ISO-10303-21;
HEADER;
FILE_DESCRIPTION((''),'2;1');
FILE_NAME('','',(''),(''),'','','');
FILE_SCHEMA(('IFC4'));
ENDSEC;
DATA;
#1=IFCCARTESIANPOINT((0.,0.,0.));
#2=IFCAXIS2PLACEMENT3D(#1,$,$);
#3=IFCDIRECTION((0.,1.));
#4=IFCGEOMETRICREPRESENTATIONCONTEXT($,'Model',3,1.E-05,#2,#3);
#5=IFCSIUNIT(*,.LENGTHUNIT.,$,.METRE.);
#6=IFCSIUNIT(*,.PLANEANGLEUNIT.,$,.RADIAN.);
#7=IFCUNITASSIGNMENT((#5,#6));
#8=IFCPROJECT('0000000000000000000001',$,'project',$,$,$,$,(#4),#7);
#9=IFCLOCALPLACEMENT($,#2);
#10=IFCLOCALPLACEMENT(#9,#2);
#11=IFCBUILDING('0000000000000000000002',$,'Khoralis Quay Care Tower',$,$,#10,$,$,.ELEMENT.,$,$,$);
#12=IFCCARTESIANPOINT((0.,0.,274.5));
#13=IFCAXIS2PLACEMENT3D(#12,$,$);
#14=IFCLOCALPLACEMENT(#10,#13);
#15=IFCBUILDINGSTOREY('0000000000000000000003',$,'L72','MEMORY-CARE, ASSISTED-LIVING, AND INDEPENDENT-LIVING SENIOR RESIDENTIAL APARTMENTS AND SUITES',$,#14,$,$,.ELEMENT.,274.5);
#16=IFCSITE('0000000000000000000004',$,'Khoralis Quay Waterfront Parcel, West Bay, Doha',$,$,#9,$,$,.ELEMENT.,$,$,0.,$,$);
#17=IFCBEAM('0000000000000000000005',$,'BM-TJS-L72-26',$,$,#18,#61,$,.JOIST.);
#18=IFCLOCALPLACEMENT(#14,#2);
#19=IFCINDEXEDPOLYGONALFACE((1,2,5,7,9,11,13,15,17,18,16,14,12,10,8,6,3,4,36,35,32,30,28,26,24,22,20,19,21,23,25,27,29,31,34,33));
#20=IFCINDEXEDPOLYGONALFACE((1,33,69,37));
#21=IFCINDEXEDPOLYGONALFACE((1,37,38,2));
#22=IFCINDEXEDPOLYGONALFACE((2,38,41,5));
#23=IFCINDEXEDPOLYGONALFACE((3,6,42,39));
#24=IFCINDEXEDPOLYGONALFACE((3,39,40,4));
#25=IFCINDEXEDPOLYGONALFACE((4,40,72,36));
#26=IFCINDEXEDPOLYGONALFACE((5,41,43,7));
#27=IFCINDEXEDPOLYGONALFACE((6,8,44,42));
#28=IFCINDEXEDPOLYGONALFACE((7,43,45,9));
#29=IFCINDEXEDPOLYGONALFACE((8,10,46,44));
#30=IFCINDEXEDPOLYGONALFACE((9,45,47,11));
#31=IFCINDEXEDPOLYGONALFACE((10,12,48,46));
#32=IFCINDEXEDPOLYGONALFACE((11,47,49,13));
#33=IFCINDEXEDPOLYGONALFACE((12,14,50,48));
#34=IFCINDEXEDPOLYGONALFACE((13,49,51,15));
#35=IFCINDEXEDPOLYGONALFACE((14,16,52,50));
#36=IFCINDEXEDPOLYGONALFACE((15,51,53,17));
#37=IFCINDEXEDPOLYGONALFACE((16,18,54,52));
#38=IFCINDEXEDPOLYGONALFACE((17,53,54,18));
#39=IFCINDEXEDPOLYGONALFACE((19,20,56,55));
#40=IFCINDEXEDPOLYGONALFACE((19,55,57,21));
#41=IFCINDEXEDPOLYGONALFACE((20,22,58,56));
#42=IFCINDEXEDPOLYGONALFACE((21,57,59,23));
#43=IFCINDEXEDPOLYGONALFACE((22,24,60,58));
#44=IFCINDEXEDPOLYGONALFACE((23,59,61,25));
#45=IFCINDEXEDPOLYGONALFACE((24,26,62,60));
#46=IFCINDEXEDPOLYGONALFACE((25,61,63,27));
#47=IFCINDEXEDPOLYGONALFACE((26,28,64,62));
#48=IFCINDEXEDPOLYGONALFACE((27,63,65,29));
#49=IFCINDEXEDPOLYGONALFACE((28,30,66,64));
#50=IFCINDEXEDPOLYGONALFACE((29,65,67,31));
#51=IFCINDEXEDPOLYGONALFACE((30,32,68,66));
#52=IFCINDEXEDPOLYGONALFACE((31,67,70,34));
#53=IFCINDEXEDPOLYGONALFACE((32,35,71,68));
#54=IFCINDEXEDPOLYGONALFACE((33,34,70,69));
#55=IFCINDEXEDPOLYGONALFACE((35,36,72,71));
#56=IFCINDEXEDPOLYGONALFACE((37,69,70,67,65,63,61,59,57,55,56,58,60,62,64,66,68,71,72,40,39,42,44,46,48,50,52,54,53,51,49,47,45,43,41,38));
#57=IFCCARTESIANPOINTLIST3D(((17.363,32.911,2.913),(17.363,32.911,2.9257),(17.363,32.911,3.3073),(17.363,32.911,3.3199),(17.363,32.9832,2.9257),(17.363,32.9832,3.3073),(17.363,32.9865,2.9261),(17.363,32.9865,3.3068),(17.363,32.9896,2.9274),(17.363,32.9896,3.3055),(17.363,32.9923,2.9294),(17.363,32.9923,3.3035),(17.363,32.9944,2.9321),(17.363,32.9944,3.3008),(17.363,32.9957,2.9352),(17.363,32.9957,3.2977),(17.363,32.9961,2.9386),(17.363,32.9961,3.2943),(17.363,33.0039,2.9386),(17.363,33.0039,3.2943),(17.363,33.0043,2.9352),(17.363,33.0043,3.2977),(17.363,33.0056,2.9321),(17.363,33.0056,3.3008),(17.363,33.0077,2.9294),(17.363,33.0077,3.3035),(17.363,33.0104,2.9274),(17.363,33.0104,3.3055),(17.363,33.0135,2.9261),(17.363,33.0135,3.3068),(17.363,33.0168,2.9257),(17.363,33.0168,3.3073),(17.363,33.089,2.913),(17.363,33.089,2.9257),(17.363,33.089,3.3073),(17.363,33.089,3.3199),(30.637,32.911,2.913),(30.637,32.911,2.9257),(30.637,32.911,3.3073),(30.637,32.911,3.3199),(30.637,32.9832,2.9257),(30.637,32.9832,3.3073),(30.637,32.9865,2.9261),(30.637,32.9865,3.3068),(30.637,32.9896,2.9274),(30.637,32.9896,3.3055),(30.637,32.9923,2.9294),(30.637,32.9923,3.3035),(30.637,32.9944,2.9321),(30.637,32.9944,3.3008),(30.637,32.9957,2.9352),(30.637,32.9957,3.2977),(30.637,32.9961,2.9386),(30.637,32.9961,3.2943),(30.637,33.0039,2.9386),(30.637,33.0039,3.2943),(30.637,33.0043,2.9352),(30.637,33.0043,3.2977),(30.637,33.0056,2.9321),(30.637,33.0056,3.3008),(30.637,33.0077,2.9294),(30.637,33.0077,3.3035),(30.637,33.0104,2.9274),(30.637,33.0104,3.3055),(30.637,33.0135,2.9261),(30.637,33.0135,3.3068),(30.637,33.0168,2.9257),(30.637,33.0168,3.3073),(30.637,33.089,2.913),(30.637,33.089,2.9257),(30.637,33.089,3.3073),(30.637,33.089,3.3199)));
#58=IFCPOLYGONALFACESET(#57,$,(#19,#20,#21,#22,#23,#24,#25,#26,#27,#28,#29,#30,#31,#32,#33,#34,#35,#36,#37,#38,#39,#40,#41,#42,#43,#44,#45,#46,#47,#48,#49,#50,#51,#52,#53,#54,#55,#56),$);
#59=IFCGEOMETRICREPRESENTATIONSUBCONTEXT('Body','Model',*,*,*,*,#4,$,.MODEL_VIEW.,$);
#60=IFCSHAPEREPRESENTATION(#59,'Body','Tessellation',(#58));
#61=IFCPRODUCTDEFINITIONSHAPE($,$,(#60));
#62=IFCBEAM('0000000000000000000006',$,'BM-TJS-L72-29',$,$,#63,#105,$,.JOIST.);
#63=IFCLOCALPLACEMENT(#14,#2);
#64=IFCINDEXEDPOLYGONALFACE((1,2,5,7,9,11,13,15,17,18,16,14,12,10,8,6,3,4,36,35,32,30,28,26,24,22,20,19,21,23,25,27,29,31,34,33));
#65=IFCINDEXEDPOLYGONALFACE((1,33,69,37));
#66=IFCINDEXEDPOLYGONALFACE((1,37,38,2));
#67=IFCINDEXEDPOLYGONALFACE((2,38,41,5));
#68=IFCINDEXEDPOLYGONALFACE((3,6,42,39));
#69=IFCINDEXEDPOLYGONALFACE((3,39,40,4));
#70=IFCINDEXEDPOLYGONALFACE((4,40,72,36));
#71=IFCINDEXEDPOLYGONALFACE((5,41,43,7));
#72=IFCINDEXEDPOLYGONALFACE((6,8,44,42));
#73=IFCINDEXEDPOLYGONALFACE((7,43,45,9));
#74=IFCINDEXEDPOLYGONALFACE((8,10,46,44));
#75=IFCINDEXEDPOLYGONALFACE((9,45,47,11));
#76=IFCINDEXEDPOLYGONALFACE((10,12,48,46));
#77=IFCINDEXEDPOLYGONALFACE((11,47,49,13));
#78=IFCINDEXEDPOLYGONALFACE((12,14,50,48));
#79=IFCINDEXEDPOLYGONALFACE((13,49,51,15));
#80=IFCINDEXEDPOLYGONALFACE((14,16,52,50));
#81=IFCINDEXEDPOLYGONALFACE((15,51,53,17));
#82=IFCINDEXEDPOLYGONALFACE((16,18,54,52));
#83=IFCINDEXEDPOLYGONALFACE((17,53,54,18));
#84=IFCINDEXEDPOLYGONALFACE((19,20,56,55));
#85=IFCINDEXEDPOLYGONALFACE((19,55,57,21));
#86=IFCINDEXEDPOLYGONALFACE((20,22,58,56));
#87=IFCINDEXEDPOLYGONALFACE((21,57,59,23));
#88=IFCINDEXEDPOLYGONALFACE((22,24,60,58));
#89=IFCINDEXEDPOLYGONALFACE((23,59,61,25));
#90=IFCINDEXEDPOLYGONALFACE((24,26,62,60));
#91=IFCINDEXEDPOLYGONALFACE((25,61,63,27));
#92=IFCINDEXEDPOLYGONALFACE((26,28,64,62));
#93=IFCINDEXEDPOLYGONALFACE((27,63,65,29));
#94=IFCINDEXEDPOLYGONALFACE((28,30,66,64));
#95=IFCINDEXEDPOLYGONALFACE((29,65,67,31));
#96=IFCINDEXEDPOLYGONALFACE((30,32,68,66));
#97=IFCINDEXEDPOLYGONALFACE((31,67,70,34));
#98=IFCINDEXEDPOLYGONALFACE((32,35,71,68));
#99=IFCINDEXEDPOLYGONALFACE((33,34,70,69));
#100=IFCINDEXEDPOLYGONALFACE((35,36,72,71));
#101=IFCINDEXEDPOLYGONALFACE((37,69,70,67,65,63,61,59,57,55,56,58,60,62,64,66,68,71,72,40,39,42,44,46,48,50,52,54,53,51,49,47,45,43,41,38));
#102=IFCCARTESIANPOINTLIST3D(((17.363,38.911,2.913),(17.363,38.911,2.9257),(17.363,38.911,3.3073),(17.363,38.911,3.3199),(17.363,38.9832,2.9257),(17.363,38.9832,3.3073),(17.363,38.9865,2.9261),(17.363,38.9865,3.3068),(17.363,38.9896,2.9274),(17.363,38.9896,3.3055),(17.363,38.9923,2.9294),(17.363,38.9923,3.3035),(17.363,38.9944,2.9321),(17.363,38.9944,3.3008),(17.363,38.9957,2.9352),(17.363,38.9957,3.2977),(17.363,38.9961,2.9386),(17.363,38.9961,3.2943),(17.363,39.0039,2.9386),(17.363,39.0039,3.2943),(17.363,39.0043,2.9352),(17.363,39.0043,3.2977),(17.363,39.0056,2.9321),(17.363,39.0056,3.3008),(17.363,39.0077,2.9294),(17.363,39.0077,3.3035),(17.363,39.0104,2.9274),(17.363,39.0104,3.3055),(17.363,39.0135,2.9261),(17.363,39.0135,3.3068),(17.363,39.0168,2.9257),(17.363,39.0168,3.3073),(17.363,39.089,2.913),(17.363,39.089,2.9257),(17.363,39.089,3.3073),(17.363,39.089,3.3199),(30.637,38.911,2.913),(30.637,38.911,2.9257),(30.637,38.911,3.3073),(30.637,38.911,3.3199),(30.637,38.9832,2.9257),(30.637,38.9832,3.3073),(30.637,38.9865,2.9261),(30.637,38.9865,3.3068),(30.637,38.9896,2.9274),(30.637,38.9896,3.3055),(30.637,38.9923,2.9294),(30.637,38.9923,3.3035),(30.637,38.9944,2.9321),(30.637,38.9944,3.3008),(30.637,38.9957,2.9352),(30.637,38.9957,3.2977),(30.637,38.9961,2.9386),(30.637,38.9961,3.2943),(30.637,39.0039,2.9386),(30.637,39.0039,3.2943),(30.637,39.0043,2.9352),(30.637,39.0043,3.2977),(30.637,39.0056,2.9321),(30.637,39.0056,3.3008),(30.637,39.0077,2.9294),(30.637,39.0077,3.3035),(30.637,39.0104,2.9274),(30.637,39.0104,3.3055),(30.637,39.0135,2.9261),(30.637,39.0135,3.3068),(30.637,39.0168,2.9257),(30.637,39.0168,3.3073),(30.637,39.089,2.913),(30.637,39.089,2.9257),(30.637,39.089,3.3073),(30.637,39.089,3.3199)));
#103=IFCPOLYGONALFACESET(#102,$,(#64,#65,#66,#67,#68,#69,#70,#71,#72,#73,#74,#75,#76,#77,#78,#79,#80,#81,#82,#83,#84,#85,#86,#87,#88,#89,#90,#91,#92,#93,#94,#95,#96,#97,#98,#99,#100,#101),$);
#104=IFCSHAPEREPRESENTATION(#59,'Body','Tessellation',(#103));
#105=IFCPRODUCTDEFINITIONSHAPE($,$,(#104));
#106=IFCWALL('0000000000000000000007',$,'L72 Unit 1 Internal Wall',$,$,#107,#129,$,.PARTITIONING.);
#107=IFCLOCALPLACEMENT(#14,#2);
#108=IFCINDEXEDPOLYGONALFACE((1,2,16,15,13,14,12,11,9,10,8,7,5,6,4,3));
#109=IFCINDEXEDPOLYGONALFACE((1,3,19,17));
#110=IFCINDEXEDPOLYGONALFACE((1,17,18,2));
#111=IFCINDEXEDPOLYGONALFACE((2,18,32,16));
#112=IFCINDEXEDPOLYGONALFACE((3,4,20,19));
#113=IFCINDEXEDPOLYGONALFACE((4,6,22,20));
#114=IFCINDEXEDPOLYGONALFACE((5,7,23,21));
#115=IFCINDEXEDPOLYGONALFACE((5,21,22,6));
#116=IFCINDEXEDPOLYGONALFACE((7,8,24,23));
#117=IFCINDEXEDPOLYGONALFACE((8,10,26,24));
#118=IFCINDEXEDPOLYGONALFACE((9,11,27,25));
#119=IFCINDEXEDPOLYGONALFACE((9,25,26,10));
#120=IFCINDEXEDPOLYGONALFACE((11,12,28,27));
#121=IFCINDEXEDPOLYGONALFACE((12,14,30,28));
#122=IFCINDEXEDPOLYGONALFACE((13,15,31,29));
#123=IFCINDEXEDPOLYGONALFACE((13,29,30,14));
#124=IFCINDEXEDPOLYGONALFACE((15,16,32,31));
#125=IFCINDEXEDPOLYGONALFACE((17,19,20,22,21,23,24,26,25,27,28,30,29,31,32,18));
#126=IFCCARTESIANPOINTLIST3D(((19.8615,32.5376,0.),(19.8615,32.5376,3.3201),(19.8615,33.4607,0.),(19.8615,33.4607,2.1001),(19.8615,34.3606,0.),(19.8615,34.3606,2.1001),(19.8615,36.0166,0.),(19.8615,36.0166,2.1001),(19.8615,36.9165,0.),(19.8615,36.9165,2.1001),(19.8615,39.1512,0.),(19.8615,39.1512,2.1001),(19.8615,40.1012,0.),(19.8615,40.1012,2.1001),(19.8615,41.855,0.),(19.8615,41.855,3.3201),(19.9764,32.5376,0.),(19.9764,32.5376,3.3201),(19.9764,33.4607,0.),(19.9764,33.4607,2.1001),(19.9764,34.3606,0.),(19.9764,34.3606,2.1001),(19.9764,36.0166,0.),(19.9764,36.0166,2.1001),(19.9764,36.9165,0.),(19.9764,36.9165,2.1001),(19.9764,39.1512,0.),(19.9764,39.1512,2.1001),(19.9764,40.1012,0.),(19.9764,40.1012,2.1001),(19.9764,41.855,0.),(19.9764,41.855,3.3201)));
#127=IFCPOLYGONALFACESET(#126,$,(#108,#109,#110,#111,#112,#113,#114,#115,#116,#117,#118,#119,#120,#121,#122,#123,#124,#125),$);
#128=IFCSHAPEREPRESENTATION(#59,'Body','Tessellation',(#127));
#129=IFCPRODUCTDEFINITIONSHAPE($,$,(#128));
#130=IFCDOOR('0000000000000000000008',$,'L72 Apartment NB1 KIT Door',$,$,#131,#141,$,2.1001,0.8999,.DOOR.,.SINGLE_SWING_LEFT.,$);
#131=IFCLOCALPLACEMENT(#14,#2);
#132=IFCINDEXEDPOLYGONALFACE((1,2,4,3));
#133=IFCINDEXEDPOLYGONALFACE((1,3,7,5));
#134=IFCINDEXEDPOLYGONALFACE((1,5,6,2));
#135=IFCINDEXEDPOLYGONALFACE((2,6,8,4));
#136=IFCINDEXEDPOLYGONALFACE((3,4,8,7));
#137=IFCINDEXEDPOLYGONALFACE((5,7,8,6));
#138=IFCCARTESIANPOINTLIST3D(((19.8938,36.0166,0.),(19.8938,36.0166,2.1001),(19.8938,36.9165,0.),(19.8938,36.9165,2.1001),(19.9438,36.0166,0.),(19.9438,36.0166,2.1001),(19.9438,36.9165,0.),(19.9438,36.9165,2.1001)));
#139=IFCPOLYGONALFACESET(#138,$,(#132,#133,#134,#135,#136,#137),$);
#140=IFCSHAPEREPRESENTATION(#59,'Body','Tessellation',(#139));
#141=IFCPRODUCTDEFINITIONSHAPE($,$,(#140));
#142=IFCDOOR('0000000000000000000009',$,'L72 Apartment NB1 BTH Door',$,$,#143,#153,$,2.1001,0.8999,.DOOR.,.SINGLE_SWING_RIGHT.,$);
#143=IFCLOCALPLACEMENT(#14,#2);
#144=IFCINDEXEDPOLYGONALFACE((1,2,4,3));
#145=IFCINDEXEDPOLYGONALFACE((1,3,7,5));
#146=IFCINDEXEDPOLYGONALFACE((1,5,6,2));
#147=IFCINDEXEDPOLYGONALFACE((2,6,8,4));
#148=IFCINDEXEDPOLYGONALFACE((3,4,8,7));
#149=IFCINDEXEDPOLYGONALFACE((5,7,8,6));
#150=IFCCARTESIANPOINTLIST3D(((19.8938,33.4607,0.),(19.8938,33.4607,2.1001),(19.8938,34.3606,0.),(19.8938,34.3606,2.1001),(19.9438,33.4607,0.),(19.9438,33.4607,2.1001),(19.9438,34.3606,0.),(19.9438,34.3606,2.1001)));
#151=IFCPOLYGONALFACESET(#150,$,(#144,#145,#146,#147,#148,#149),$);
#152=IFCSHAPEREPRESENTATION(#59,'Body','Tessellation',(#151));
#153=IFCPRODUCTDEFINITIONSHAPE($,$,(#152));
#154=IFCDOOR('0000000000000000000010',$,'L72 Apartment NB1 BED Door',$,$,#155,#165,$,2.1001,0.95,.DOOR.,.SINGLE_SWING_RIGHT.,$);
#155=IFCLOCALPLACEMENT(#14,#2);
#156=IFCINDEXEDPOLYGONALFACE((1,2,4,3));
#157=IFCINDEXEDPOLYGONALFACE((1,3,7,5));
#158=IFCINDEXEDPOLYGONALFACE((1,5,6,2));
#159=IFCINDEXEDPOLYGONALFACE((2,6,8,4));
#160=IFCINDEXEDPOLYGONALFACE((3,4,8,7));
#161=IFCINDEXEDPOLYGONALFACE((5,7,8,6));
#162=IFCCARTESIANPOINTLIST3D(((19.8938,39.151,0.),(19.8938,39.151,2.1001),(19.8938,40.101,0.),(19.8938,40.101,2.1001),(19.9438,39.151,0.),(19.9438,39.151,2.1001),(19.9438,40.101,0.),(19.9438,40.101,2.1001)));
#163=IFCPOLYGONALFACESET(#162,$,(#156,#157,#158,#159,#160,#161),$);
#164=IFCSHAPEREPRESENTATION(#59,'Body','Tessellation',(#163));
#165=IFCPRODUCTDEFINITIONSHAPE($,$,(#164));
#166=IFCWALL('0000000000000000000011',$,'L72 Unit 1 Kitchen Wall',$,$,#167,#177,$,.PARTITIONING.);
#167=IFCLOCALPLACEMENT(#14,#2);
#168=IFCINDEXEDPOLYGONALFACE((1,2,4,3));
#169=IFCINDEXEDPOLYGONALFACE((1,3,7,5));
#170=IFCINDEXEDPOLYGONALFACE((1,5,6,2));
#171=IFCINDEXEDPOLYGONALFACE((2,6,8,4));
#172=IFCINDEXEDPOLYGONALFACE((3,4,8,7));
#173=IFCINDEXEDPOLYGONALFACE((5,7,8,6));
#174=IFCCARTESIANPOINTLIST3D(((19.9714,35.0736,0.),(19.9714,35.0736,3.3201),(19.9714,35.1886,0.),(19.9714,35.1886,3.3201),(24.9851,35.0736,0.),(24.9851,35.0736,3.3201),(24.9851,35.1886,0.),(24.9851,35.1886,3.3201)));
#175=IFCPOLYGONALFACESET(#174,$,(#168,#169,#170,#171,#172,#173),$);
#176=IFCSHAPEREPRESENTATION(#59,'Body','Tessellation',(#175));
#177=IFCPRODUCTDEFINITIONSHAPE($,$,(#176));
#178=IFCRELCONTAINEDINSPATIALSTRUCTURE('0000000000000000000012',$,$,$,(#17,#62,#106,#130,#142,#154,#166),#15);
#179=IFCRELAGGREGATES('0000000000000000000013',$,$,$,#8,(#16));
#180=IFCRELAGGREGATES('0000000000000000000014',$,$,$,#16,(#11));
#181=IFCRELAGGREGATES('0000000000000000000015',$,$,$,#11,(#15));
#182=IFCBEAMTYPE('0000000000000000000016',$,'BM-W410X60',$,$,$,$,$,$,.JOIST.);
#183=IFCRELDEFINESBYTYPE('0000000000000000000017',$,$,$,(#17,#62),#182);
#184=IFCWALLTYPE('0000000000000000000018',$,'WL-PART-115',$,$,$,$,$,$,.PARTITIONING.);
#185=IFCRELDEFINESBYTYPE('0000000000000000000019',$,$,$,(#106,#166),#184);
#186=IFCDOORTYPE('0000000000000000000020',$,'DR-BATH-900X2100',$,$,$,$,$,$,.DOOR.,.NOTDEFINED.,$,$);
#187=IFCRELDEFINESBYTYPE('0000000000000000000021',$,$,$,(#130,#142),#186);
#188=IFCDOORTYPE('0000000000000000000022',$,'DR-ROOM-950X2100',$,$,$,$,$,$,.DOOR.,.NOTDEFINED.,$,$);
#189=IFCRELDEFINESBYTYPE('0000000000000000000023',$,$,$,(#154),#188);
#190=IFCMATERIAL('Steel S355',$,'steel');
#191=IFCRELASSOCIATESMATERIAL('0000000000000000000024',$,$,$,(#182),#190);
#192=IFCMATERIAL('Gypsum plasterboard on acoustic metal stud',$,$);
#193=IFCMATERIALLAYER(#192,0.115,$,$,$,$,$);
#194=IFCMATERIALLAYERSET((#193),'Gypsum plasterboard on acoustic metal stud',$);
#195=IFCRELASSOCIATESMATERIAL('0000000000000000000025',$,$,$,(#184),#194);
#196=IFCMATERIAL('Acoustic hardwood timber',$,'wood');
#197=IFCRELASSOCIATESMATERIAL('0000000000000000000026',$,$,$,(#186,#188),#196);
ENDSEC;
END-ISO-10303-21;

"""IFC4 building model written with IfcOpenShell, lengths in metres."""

from ifc_helpers import new_model, si_unit, direction, frame, frame_2d, origin, origin_2d, place, context, subcontext, project, spatial, rectangle, i_section, extrude, source, transform, mapped, material, layer, layer_set, material_profile, profile_set, type_object, element, fill, save


model = new_model("IFC4")

# Units and contexts
model_context = context("Model", 3, precision=1e-05, world=origin(), true_north=direction((0.0, 1.0)))
body_context = subcontext(model_context, "Body", "Model", "MODEL_VIEW")
ifc_project = project(units=[si_unit("LENGTHUNIT", "METRE"), si_unit("PLANEANGLEUNIT", "RADIAN")], contexts=[model_context])

# Site, building, storey
site_placement = place(None, origin())
site = spatial("IfcSite", under=ifc_project, at=site_placement, Name="Khoralis Quay Waterfront Parcel, West Bay, Doha", CompositionType="ELEMENT", RefElevation=0.0)
building_placement = place(site_placement, origin())
building = spatial("IfcBuilding", under=site, at=building_placement, Name="Khoralis Quay Care Tower", CompositionType="ELEMENT")
storey_placement = place(building_placement, frame((0.0, 0.0, 274.5)))
storey = spatial("IfcBuildingStorey", under=building, at=storey_placement, Name="L72", Description="MEMORY-CARE, ASSISTED-LIVING, AND INDEPENDENT-LIVING SENIOR RESIDENTIAL APARTMENTS AND SUITES", CompositionType="ELEMENT", Elevation=274.5)

# Beams
ifc_material_1 = material(Name="Steel S355", Category="steel")
ifc_material_profile_1 = material_profile(ifc_material_1, i_section(OverallWidth=0.178, OverallDepth=0.407, WebThickness=0.0078, FlangeThickness=0.0127, FilletRadius=0.0129, at=origin_2d()), Name="Steel S355")
ifc_profile_set_1 = profile_set([ifc_material_profile_1], Name="Steel S355")
beam_type_1 = type_object("IfcBeamType", Name="BM-W410X60", PredefinedType="JOIST", material=ifc_profile_set_1)
shared_shape_1 = source(origin(), body_context, "Body", "SweptSolid", [
    extrude(i_section(OverallWidth=0.178, OverallDepth=0.407, WebThickness=0.0078, FlangeThickness=0.0127, FilletRadius=0.0129, at=origin_2d()), origin(), (0.0, 0.0, 1.0), 13.2739),
])
for number, where, z_axis, x_axis, name in (
    (1, (17.363, 33.0, 3.1165), (1.0, 0.0, 0.0), (0.0, 1.0, 0.0), "BM-TJS-L72-26"),
    (2, (17.363, 39.0, 3.1165), (1.0, 0.0, 0.0), (0.0, 1.0, 0.0), "BM-TJS-L72-29"),
):
    element("IfcBeam", number, at=place(storey_placement, frame(where, z_axis=z_axis, x_axis=x_axis)), inside=storey, type_object=beam_type_1, Name=name, PredefinedType="JOIST", context=body_context, shape_type="MappedRepresentation", body=[
        mapped(shared_shape_1, transform((0.0, 0.0, 0.0), scale=1.0)),
    ])

# Wall, openings, doors
ifc_material_2 = material(Name="Gypsum plasterboard on acoustic metal stud")
ifc_layer_1 = layer(ifc_material_2, 0.115)
ifc_layer_set_1 = layer_set([ifc_layer_1], Name="Gypsum plasterboard on acoustic metal stud")
wall_type_1 = type_object("IfcWallType", Name="WL-PART-115", PredefinedType="PARTITIONING", material=ifc_layer_set_1)
wall_1_placement = place(storey_placement, frame((19.9189, 32.5376, 0.0), z_axis=(0.0, 0.0, 1.0), x_axis=(0.0, 1.0, 0.0)))
wall_1 = element("IfcWall", 3, at=wall_1_placement, inside=storey, type_object=wall_type_1, Name="L72 Unit 1 Internal Wall", PredefinedType="PARTITIONING", context=body_context, shape_type="SweptSolid", body=[
    extrude(rectangle(XDim=9.3174, YDim=0.115, at=frame_2d((4.6587, 0.0))), origin(), (0.0, 0.0, 1.0), 3.3201),
])
opening_1_placement = place(wall_1_placement, frame((6.6135, 0.0, 0.0)))
opening_1 = element("IfcOpeningElement", 4, at=opening_1_placement, cuts=wall_1, PredefinedType="OPENING", context=body_context, shape_type="SweptSolid", body=[
    extrude(rectangle(XDim=0.95, YDim=2.1001, at=frame_2d((0.4751, 1.05))), frame((0.0, 0.0674, 0.0), z_axis=(0.0, -1.0, 0.0), x_axis=(1.0, 0.0, 0.0)), (0.0, 0.0, 1.0), 0.135),
])
opening_2_placement = place(wall_1_placement, frame((3.479, 0.0, 0.0)))
opening_2 = element("IfcOpeningElement", 5, at=opening_2_placement, cuts=wall_1, PredefinedType="OPENING", context=body_context, shape_type="SweptSolid", body=[
    extrude(rectangle(XDim=0.8999, YDim=2.1001, at=frame_2d((0.45, 1.05))), frame((0.0, 0.0674, 0.0), z_axis=(0.0, -1.0, 0.0), x_axis=(1.0, 0.0, 0.0)), (0.0, 0.0, 1.0), 0.135),
])
opening_3_placement = place(wall_1_placement, frame((0.9231, 0.0, 0.0)))
opening_3 = element("IfcOpeningElement", 6, at=opening_3_placement, cuts=wall_1, PredefinedType="OPENING", context=body_context, shape_type="SweptSolid", body=[
    extrude(rectangle(XDim=0.8999, YDim=2.1001, at=frame_2d((0.45, 1.05))), frame((0.0, 0.0674, 0.0), z_axis=(0.0, -1.0, 0.0), x_axis=(1.0, 0.0, 0.0)), (0.0, 0.0, 1.0), 0.135),
])
ifc_material_3 = material(Name="Acoustic hardwood timber", Category="wood")
door_type_1 = type_object("IfcDoorType", Name="DR-BATH-900X2100", OperationType="NOTDEFINED", PredefinedType="DOOR", material=ifc_material_3)
shared_shape_2 = source(origin(), body_context, "Body", "SweptSolid", [
    extrude(rectangle(XDim=0.8999, YDim=2.1001, at=frame_2d((0.45, 1.05))), frame((0.0, 0.0249, 0.0), z_axis=(0.0, -1.0, 0.0), x_axis=(1.0, 0.0, 0.0)), (0.0, 0.0, 1.0), 0.05),
])
door_1_placement = place(opening_2_placement, frame((0.8999, 0.0, 0.0), z_axis=(0.0, 0.0, 1.0), x_axis=(-1.0, 0.0, 0.0)))
door_1 = element("IfcDoor", 7, at=door_1_placement, inside=storey, type_object=door_type_1, Name="L72 Apartment NB1 KIT Door", OperationType="SINGLE_SWING_LEFT", OverallHeight=2.1001, OverallWidth=0.8999, PredefinedType="DOOR", context=body_context, shape_type="MappedRepresentation", body=[
    mapped(shared_shape_2, transform((0.0, 0.0, 0.0), scale=1.0)),
])
fill(opening_2, door_1)
door_2_placement = place(opening_3_placement, frame((0.8999, 0.0, 0.0), z_axis=(0.0, 0.0, 1.0), x_axis=(-1.0, 0.0, 0.0)))
door_2 = element("IfcDoor", 8, at=door_2_placement, inside=storey, type_object=door_type_1, Name="L72 Apartment NB1 BTH Door", OperationType="SINGLE_SWING_RIGHT", OverallHeight=2.1001, OverallWidth=0.8999, PredefinedType="DOOR", context=body_context, shape_type="MappedRepresentation", body=[
    mapped(shared_shape_2, transform((0.0, 0.0, 0.0), scale=1.0)),
])
fill(opening_3, door_2)
door_type_2 = type_object("IfcDoorType", Name="DR-ROOM-950X2100", OperationType="NOTDEFINED", PredefinedType="DOOR", material=ifc_material_3)
shared_shape_3 = source(origin(), body_context, "Body", "SweptSolid", [
    extrude(rectangle(XDim=0.95, YDim=2.1001, at=frame_2d((0.4751, 1.05))), frame((0.0, 0.0249, 0.0), z_axis=(0.0, -1.0, 0.0), x_axis=(1.0, 0.0, 0.0)), (0.0, 0.0, 1.0), 0.05),
])
door_3_placement = place(opening_1_placement, frame((0.95, 0.0, 0.0), z_axis=(0.0, 0.0, 1.0), x_axis=(-1.0, 0.0, 0.0)))
door_3 = element("IfcDoor", 9, at=door_3_placement, inside=storey, type_object=door_type_2, Name="L72 Apartment NB1 BED Door", OperationType="SINGLE_SWING_RIGHT", OverallHeight=2.1001, OverallWidth=0.95, PredefinedType="DOOR", context=body_context, shape_type="MappedRepresentation", body=[
    mapped(shared_shape_3, transform((0.0, 0.0, 0.0), scale=1.0)),
])
fill(opening_1, door_3)

# Wall
wall_2_placement = place(storey_placement, frame((19.9714, 35.1311, 0.0), z_axis=(0.0, 0.0, 1.0), x_axis=(1.0, 0.0, 0.0)))
element("IfcWall", 10, at=wall_2_placement, inside=storey, type_object=wall_type_1, Name="L72 Unit 1 Kitchen Wall", PredefinedType="PARTITIONING", context=body_context, shape_type="SweptSolid", body=[
    extrude(rectangle(XDim=5.0137, YDim=0.115, at=frame_2d((2.5068, 0.0))), origin(), (0.0, 0.0, 1.0), 3.3201),
])

save(model, "model.ifc")
